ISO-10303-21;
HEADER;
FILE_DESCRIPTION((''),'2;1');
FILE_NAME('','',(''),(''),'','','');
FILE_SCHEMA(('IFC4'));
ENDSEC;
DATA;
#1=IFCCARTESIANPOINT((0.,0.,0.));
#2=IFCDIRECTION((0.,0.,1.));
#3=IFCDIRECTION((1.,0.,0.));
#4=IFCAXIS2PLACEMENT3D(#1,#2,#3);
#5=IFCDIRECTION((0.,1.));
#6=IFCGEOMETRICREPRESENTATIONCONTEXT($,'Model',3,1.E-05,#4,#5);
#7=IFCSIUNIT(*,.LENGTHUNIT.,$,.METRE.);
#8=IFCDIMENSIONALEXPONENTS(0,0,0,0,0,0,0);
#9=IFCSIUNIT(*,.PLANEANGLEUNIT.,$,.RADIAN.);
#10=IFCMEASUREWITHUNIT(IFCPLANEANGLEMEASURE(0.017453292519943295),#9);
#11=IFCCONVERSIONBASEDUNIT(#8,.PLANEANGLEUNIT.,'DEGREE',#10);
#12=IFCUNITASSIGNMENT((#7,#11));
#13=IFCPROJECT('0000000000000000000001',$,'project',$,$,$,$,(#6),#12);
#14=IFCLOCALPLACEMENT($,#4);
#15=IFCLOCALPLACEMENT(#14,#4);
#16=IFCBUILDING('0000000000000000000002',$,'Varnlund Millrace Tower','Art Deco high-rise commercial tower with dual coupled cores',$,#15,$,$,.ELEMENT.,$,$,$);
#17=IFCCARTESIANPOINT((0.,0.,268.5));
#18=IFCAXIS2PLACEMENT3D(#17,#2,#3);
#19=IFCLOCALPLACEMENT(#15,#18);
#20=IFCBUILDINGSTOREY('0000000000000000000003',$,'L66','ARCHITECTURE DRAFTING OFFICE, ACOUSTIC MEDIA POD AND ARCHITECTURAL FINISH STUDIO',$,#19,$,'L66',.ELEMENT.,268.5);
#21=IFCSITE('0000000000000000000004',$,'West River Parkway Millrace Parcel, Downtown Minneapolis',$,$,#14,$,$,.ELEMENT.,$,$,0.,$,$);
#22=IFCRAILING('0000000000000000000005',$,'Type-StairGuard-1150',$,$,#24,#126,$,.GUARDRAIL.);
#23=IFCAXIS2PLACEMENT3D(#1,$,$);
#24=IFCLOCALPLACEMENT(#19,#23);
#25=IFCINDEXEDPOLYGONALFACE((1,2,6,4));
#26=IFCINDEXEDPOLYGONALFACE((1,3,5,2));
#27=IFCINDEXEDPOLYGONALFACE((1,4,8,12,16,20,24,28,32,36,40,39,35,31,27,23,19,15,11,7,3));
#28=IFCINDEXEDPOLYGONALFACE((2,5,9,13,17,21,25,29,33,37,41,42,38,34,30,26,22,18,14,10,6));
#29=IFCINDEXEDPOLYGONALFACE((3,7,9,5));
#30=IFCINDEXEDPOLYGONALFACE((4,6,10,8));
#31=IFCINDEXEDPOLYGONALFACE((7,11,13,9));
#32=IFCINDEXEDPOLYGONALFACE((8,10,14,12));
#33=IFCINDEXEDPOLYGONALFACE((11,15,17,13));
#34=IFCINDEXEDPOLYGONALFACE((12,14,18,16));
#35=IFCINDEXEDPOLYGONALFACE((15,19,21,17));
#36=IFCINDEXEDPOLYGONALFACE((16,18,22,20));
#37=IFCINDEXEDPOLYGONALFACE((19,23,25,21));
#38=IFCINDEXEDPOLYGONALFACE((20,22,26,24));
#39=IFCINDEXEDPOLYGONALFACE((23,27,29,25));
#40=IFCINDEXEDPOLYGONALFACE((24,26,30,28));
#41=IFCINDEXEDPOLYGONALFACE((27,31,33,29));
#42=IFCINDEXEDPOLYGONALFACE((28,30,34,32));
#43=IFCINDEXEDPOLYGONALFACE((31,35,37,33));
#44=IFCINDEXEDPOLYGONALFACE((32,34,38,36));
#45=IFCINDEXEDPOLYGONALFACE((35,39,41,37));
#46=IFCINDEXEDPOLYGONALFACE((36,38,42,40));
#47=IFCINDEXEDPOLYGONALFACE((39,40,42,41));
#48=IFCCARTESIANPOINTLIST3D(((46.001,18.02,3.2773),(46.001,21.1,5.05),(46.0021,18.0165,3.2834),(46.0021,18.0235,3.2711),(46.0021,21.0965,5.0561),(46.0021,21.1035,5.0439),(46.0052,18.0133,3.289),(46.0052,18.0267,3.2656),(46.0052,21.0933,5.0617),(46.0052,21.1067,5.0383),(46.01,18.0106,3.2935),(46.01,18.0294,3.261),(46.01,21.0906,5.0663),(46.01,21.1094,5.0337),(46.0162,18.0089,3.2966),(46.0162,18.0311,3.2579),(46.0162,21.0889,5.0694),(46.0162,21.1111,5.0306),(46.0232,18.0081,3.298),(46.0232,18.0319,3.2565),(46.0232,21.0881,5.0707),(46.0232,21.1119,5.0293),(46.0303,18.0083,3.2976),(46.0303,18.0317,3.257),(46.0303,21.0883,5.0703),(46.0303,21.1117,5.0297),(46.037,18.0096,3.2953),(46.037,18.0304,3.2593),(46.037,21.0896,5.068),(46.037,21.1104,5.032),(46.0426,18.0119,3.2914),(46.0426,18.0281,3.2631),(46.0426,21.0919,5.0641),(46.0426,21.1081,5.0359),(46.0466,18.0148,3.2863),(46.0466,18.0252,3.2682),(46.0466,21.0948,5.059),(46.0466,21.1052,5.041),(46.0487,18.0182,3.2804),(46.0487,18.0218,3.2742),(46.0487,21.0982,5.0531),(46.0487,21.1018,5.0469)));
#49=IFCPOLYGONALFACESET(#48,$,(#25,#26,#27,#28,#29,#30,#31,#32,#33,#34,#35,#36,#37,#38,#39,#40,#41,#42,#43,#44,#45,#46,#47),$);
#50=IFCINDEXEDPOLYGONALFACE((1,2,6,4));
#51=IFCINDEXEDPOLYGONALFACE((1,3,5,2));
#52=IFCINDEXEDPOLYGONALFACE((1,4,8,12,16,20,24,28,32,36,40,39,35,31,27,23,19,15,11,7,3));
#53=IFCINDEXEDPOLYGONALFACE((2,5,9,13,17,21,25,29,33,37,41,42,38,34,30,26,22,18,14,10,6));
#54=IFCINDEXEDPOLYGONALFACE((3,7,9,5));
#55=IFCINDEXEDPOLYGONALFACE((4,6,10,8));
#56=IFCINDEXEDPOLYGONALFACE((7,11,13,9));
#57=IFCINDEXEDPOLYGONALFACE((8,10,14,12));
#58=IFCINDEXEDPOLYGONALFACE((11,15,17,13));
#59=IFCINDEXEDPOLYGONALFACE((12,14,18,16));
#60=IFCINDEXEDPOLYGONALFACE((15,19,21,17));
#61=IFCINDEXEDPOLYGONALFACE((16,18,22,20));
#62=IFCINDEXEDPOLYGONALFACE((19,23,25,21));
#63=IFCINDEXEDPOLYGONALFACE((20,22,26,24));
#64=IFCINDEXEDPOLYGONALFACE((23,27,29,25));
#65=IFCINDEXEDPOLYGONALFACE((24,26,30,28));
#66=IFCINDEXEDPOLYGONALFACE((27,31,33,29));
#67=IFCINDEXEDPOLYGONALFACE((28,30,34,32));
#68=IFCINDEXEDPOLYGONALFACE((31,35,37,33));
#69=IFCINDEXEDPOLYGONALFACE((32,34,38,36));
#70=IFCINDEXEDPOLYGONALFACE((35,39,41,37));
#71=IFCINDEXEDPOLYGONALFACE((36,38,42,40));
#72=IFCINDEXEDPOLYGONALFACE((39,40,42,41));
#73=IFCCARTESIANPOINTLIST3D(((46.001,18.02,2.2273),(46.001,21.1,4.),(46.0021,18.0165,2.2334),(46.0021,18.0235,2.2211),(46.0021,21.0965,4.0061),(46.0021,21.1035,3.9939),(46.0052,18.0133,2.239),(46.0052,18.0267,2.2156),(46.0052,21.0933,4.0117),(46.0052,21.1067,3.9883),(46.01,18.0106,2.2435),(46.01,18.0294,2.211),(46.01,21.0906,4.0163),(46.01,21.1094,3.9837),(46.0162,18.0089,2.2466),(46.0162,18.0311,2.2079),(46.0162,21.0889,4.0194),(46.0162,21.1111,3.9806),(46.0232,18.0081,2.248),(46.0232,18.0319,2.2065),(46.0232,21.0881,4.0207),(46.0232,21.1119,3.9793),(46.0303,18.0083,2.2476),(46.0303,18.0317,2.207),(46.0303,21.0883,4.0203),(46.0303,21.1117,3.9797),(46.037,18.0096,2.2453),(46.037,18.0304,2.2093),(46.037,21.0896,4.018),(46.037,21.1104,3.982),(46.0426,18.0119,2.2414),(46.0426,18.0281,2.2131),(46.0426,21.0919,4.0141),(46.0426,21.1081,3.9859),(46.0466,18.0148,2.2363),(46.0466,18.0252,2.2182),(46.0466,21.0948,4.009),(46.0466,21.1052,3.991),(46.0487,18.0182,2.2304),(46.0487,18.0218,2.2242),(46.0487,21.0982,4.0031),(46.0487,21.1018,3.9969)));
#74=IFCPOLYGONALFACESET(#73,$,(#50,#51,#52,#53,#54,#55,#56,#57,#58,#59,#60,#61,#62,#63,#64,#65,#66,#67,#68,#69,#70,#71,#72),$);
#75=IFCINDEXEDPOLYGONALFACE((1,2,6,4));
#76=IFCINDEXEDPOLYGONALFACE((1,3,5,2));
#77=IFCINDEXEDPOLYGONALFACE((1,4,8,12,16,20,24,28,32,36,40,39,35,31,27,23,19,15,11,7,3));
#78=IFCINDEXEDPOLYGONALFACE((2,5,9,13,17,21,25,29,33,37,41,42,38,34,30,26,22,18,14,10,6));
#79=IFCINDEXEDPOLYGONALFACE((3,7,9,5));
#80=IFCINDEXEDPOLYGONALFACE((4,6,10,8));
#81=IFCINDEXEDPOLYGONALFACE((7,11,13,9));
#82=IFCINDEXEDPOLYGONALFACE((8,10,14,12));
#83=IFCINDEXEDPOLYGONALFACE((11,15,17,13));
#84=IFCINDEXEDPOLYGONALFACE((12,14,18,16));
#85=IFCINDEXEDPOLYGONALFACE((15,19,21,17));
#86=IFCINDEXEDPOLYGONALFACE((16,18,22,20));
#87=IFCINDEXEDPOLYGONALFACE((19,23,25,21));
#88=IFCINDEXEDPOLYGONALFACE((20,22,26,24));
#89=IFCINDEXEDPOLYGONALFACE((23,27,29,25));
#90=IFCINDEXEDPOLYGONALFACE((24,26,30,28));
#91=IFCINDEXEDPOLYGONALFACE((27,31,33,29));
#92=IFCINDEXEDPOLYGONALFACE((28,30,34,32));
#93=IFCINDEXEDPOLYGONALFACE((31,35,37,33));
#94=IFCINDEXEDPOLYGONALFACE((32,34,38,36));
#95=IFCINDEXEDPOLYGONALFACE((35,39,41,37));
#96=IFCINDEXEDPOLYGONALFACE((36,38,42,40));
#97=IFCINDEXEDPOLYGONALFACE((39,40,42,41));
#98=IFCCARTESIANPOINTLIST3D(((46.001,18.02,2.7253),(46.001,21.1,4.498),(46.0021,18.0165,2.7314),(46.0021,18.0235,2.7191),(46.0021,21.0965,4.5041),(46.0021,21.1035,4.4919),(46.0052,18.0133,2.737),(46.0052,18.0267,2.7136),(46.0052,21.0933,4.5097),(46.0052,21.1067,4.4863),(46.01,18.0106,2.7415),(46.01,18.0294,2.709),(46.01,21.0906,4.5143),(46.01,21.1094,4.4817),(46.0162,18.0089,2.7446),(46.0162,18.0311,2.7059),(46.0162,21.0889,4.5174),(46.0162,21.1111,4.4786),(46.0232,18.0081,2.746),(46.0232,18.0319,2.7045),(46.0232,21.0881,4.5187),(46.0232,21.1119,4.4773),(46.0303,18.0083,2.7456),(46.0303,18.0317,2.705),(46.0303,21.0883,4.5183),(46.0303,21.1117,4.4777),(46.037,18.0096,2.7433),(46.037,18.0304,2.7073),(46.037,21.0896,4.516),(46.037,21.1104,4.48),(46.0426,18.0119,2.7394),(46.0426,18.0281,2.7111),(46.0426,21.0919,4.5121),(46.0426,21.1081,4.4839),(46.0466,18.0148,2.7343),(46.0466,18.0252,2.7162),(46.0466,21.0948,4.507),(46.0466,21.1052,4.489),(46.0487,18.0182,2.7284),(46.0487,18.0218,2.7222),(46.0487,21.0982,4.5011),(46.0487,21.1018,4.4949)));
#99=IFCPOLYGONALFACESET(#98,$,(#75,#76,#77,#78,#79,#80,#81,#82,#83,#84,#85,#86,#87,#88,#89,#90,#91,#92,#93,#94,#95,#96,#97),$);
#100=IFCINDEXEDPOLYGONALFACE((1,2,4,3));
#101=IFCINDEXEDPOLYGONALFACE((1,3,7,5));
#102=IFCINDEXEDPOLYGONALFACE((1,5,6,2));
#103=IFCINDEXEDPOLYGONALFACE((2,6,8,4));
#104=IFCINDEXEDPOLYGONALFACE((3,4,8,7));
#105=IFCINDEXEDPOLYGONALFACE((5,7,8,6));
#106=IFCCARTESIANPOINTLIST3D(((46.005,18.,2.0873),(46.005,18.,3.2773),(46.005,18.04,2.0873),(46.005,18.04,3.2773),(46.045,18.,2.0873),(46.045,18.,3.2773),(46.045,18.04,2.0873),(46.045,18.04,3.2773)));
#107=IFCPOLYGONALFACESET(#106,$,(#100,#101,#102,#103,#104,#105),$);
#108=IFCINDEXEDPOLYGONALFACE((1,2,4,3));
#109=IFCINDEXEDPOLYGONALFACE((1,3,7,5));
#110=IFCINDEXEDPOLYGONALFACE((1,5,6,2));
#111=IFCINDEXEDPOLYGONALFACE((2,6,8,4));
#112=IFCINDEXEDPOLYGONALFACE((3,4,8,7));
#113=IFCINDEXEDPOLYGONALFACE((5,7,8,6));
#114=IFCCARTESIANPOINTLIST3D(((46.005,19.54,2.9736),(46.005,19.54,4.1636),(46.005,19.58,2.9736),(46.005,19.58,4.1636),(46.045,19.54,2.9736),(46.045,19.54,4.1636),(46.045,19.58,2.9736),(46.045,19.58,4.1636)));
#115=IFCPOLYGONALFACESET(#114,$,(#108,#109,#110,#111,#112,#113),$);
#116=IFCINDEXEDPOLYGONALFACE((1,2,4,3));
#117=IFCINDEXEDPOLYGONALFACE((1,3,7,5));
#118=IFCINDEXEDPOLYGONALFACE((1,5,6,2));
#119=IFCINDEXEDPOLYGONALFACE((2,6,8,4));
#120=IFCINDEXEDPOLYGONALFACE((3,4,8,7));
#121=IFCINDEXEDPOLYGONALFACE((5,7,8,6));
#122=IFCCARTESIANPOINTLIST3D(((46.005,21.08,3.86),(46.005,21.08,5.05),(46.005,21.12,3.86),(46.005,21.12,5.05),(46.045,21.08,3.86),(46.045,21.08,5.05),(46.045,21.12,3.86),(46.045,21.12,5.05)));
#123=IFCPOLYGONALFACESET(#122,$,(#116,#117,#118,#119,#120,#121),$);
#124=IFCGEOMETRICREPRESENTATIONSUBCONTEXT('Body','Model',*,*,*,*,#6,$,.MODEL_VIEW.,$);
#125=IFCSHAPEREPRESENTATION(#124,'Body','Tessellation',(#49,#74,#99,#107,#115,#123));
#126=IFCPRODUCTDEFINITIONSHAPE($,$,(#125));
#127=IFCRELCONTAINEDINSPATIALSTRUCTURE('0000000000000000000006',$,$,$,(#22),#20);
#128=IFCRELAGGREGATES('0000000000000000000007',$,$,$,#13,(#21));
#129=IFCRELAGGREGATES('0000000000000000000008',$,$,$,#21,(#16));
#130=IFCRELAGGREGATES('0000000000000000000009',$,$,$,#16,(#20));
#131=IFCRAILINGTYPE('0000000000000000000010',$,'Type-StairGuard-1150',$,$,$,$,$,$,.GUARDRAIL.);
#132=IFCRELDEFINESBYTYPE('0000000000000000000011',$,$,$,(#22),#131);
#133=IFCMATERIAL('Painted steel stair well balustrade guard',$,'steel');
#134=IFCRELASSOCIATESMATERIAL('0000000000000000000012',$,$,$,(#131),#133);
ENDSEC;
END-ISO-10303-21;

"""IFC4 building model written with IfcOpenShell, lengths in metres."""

from ifc_helpers import new_model, entity, si_unit, converted_unit, direction, frame, origin_with_axes, origin_2d_with_axis, place, context, subcontext, project, spatial, rectangle, circle, extrude, material, type_object, element, save


model = new_model("IFC4")

# Units and contexts
model_context = context("Model", 3, precision=1e-05, world=origin_with_axes(), true_north=direction((0.0, 1.0)))
body_context = subcontext(model_context, "Body", "Model", "MODEL_VIEW")
ifc_project = project(units=[si_unit("LENGTHUNIT", "METRE"), converted_unit("PLANEANGLEUNIT", "DEGREE", entity("IfcPlaneAngleMeasure", 0.017453292519943295), si_unit("PLANEANGLEUNIT", "RADIAN"), dimensions=[0, 0, 0, 0, 0, 0, 0])], contexts=[model_context])

# Site, building, storey
site_placement = place(None, origin_with_axes())
site = spatial("IfcSite", under=ifc_project, at=site_placement, Name="West River Parkway Millrace Parcel, Downtown Minneapolis", CompositionType="ELEMENT", RefElevation=0.0)
building_placement = place(site_placement, origin_with_axes())
building = spatial("IfcBuilding", under=site, at=building_placement, Name="Varnlund Millrace Tower", Description="Art Deco high-rise commercial tower with dual coupled cores", CompositionType="ELEMENT")
storey_placement = place(building_placement, frame((0.0, 0.0, 268.5), z_axis=(0.0, 0.0, 1.0), x_axis=(1.0, 0.0, 0.0)))
storey = spatial("IfcBuildingStorey", under=building, at=storey_placement, Name="L66", Description="ARCHITECTURE DRAFTING OFFICE, ACOUSTIC MEDIA POD AND ARCHITECTURAL FINISH STUDIO", LongName="L66", CompositionType="ELEMENT", Elevation=268.5)

# Railing
ifc_material_1 = material(Name="Painted steel stair well balustrade guard", Category="steel")
railing_type_1 = type_object("IfcRailingType", Name="Type-StairGuard-1150", PredefinedType="GUARDRAIL", material=ifc_material_1)
railing_1_placement = place(storey_placement, frame((0.0, 0.0, -268.5), z_axis=(0.0, 0.0, 1.0), x_axis=(1.0, 0.0, 0.0)))
element("IfcRailing", 1, at=railing_1_placement, inside=storey, type_object=railing_type_1, Name="Type-StairGuard-1150", PredefinedType="GUARDRAIL", context=body_context, shape_type="SweptSolid", body=[
    extrude(circle(Radius=0.024, at=origin_2d_with_axis()), frame((46.025, 18.02, 271.7773), z_axis=(0.0, 0.866696, 0.498836), x_axis=(-1.0, 0.0, 0.0)), (0.0, 0.0, 1.0), 3.5537),
    extrude(circle(Radius=0.024, at=origin_2d_with_axis()), frame((46.025, 18.02, 270.7273), z_axis=(0.0, 0.866696, 0.498836), x_axis=(-1.0, 0.0, 0.0)), (0.0, 0.0, 1.0), 3.5537),
    extrude(circle(Radius=0.024, at=origin_2d_with_axis()), frame((46.025, 18.02, 271.2253), z_axis=(0.0, 0.866696, 0.498836), x_axis=(-1.0, 0.0, 0.0)), (0.0, 0.0, 1.0), 3.5537),
    extrude(rectangle(XDim=0.04, YDim=0.04, at=origin_2d_with_axis()), frame((46.025, 18.02, 270.5873), z_axis=(0.0, 0.0, 1.0), x_axis=(1.0, 0.0, 0.0)), (0.0, 0.0, 1.0), 1.19),
    extrude(rectangle(XDim=0.04, YDim=0.04, at=origin_2d_with_axis()), frame((46.025, 19.56, 271.4736), z_axis=(0.0, 0.0, 1.0), x_axis=(1.0, 0.0, 0.0)), (0.0, 0.0, 1.0), 1.19),
    extrude(rectangle(XDim=0.04, YDim=0.04, at=origin_2d_with_axis()), frame((46.025, 21.1, 272.36), z_axis=(0.0, 0.0, 1.0), x_axis=(1.0, 0.0, 0.0)), (0.0, 0.0, 1.0), 1.19),
])

save(model, "model.ifc")
